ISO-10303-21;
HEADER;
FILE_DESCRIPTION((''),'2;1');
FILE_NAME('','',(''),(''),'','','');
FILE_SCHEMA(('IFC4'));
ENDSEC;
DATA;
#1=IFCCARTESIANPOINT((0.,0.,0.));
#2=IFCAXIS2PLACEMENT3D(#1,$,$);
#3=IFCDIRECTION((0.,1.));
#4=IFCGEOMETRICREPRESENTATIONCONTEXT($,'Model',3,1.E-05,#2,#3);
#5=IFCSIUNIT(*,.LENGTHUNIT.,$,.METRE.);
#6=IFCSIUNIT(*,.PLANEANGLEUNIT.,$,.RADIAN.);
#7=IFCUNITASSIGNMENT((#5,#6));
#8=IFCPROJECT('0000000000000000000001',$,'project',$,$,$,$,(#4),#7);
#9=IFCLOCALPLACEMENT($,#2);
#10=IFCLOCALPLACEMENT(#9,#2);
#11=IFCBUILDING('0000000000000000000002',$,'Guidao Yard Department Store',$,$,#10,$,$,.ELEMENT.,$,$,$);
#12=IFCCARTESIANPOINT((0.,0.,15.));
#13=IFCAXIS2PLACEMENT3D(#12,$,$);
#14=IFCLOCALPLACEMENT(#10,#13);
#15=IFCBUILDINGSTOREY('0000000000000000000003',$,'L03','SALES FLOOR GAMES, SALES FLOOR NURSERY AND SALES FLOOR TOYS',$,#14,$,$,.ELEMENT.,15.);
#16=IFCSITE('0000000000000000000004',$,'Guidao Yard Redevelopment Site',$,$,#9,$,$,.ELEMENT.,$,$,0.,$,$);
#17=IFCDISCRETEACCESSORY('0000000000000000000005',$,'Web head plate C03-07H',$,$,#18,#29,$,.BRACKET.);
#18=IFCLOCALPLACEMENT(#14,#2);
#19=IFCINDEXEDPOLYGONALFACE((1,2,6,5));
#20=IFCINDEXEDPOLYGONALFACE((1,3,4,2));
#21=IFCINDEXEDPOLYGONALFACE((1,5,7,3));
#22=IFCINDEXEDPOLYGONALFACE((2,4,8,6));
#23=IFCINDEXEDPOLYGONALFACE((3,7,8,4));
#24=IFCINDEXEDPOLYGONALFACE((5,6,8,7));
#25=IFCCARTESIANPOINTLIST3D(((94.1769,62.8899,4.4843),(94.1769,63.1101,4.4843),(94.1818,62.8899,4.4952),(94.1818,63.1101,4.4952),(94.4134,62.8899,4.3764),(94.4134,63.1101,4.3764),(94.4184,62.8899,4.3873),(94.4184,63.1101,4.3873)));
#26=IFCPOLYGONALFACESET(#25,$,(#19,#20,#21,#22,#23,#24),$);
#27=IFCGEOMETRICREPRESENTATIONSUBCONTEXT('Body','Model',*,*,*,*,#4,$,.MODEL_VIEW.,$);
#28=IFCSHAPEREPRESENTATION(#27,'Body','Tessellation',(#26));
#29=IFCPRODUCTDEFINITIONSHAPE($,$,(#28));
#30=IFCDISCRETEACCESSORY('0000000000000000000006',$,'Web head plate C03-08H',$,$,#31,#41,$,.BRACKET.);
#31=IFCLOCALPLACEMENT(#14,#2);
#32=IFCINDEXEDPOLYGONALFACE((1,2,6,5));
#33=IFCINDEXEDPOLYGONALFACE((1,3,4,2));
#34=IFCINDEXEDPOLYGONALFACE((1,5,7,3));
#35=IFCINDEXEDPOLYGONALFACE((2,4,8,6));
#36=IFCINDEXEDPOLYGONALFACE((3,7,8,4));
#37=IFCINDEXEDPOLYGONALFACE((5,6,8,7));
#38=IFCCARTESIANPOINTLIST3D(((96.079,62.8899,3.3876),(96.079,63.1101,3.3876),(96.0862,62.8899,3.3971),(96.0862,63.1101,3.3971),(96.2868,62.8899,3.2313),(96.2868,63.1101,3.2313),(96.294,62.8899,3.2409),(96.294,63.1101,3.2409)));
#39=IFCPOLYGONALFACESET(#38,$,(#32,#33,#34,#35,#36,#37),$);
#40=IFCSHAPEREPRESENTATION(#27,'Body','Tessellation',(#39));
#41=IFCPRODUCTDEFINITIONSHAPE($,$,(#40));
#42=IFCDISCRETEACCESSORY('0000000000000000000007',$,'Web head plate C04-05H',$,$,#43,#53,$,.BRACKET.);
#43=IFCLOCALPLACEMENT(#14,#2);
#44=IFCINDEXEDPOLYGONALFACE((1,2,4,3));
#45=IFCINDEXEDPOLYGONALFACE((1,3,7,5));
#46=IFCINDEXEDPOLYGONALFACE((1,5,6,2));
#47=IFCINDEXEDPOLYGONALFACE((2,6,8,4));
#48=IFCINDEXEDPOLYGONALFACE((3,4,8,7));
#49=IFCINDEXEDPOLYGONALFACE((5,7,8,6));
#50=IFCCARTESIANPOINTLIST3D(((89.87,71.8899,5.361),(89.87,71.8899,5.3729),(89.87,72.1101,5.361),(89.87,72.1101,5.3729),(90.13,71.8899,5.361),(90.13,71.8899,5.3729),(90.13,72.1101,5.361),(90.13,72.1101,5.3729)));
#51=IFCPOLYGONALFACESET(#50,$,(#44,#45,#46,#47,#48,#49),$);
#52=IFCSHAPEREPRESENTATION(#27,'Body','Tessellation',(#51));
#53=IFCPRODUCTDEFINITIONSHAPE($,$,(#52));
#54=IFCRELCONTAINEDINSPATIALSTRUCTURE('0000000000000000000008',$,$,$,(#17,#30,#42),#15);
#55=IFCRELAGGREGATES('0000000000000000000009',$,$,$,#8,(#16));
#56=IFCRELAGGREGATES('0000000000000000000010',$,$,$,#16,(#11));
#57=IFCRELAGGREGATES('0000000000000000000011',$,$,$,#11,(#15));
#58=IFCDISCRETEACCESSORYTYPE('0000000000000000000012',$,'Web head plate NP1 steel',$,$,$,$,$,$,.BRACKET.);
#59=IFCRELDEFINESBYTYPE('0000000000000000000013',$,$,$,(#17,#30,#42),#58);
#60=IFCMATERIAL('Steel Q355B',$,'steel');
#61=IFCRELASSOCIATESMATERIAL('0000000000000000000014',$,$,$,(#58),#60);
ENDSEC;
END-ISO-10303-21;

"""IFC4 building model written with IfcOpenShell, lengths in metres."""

from ifc_helpers import new_model, si_unit, direction, frame, origin, origin_2d, place, context, subcontext, project, spatial, rectangle, extrude, material, material_profile, profile_set, type_object, element, save


model = new_model("IFC4")

# Units and contexts
model_context = context("Model", 3, precision=1e-05, world=origin(), true_north=direction((0.0, 1.0)))
body_context = subcontext(model_context, "Body", "Model", "MODEL_VIEW")
ifc_project = project(units=[si_unit("LENGTHUNIT", "METRE"), si_unit("PLANEANGLEUNIT", "RADIAN")], contexts=[model_context])

# Site, building, storey
site_placement = place(None, origin())
site = spatial("IfcSite", under=ifc_project, at=site_placement, Name="Guidao Yard Redevelopment Site", CompositionType="ELEMENT", RefElevation=0.0)
building_placement = place(site_placement, origin())
building = spatial("IfcBuilding", under=site, at=building_placement, Name="Guidao Yard Department Store", CompositionType="ELEMENT")
storey_placement = place(building_placement, frame((0.0, 0.0, 15.0)))
storey = spatial("IfcBuildingStorey", under=building, at=storey_placement, Name="L03", Description="SALES FLOOR GAMES, SALES FLOOR NURSERY AND SALES FLOOR TOYS", CompositionType="ELEMENT", Elevation=15.0)

# Discrete accessories
ifc_material_1 = material(Name="Steel Q355B", Category="steel")
ifc_material_profile_1 = material_profile(ifc_material_1, rectangle(XDim=0.26, YDim=0.012, at=origin_2d()), Name="Node plate 260x12")
ifc_profile_set_1 = profile_set([ifc_material_profile_1], Name="Steel Q355B")
discrete_accessory_type_1 = type_object("IfcDiscreteAccessoryType", Name="Web head plate NP1 steel", PredefinedType="BRACKET", material=ifc_profile_set_1)
for number, where, z_axis, x_axis, name in (
    (1, (94.2976, 62.8899, 4.4358), (0.0, 1.0, 0.0), (-0.909751, 0.0, 0.415155), "Web head plate C03-07H"),
    (2, (96.1865, 62.8899, 3.3142), (0.0, 1.0, 0.0), (-0.799284, 0.0, 0.600954), "Web head plate C03-08H"),
    (3, (90.0, 71.8899, 5.3669), (0.0, 1.0, 0.0), (-1.0, 0.0, 0.0), "Web head plate C04-05H"),
):
    element("IfcDiscreteAccessory", number, at=place(storey_placement, frame(where, z_axis=z_axis, x_axis=x_axis)), inside=storey, type_object=discrete_accessory_type_1, Name=name, PredefinedType="BRACKET", context=body_context, shape_type="SweptSolid", body=[
        extrude(rectangle(XDim=0.26, YDim=0.012, at=origin_2d()), origin(), (0.0, 0.0, 1.0), 0.2202),
    ])

save(model, "model.ifc")
